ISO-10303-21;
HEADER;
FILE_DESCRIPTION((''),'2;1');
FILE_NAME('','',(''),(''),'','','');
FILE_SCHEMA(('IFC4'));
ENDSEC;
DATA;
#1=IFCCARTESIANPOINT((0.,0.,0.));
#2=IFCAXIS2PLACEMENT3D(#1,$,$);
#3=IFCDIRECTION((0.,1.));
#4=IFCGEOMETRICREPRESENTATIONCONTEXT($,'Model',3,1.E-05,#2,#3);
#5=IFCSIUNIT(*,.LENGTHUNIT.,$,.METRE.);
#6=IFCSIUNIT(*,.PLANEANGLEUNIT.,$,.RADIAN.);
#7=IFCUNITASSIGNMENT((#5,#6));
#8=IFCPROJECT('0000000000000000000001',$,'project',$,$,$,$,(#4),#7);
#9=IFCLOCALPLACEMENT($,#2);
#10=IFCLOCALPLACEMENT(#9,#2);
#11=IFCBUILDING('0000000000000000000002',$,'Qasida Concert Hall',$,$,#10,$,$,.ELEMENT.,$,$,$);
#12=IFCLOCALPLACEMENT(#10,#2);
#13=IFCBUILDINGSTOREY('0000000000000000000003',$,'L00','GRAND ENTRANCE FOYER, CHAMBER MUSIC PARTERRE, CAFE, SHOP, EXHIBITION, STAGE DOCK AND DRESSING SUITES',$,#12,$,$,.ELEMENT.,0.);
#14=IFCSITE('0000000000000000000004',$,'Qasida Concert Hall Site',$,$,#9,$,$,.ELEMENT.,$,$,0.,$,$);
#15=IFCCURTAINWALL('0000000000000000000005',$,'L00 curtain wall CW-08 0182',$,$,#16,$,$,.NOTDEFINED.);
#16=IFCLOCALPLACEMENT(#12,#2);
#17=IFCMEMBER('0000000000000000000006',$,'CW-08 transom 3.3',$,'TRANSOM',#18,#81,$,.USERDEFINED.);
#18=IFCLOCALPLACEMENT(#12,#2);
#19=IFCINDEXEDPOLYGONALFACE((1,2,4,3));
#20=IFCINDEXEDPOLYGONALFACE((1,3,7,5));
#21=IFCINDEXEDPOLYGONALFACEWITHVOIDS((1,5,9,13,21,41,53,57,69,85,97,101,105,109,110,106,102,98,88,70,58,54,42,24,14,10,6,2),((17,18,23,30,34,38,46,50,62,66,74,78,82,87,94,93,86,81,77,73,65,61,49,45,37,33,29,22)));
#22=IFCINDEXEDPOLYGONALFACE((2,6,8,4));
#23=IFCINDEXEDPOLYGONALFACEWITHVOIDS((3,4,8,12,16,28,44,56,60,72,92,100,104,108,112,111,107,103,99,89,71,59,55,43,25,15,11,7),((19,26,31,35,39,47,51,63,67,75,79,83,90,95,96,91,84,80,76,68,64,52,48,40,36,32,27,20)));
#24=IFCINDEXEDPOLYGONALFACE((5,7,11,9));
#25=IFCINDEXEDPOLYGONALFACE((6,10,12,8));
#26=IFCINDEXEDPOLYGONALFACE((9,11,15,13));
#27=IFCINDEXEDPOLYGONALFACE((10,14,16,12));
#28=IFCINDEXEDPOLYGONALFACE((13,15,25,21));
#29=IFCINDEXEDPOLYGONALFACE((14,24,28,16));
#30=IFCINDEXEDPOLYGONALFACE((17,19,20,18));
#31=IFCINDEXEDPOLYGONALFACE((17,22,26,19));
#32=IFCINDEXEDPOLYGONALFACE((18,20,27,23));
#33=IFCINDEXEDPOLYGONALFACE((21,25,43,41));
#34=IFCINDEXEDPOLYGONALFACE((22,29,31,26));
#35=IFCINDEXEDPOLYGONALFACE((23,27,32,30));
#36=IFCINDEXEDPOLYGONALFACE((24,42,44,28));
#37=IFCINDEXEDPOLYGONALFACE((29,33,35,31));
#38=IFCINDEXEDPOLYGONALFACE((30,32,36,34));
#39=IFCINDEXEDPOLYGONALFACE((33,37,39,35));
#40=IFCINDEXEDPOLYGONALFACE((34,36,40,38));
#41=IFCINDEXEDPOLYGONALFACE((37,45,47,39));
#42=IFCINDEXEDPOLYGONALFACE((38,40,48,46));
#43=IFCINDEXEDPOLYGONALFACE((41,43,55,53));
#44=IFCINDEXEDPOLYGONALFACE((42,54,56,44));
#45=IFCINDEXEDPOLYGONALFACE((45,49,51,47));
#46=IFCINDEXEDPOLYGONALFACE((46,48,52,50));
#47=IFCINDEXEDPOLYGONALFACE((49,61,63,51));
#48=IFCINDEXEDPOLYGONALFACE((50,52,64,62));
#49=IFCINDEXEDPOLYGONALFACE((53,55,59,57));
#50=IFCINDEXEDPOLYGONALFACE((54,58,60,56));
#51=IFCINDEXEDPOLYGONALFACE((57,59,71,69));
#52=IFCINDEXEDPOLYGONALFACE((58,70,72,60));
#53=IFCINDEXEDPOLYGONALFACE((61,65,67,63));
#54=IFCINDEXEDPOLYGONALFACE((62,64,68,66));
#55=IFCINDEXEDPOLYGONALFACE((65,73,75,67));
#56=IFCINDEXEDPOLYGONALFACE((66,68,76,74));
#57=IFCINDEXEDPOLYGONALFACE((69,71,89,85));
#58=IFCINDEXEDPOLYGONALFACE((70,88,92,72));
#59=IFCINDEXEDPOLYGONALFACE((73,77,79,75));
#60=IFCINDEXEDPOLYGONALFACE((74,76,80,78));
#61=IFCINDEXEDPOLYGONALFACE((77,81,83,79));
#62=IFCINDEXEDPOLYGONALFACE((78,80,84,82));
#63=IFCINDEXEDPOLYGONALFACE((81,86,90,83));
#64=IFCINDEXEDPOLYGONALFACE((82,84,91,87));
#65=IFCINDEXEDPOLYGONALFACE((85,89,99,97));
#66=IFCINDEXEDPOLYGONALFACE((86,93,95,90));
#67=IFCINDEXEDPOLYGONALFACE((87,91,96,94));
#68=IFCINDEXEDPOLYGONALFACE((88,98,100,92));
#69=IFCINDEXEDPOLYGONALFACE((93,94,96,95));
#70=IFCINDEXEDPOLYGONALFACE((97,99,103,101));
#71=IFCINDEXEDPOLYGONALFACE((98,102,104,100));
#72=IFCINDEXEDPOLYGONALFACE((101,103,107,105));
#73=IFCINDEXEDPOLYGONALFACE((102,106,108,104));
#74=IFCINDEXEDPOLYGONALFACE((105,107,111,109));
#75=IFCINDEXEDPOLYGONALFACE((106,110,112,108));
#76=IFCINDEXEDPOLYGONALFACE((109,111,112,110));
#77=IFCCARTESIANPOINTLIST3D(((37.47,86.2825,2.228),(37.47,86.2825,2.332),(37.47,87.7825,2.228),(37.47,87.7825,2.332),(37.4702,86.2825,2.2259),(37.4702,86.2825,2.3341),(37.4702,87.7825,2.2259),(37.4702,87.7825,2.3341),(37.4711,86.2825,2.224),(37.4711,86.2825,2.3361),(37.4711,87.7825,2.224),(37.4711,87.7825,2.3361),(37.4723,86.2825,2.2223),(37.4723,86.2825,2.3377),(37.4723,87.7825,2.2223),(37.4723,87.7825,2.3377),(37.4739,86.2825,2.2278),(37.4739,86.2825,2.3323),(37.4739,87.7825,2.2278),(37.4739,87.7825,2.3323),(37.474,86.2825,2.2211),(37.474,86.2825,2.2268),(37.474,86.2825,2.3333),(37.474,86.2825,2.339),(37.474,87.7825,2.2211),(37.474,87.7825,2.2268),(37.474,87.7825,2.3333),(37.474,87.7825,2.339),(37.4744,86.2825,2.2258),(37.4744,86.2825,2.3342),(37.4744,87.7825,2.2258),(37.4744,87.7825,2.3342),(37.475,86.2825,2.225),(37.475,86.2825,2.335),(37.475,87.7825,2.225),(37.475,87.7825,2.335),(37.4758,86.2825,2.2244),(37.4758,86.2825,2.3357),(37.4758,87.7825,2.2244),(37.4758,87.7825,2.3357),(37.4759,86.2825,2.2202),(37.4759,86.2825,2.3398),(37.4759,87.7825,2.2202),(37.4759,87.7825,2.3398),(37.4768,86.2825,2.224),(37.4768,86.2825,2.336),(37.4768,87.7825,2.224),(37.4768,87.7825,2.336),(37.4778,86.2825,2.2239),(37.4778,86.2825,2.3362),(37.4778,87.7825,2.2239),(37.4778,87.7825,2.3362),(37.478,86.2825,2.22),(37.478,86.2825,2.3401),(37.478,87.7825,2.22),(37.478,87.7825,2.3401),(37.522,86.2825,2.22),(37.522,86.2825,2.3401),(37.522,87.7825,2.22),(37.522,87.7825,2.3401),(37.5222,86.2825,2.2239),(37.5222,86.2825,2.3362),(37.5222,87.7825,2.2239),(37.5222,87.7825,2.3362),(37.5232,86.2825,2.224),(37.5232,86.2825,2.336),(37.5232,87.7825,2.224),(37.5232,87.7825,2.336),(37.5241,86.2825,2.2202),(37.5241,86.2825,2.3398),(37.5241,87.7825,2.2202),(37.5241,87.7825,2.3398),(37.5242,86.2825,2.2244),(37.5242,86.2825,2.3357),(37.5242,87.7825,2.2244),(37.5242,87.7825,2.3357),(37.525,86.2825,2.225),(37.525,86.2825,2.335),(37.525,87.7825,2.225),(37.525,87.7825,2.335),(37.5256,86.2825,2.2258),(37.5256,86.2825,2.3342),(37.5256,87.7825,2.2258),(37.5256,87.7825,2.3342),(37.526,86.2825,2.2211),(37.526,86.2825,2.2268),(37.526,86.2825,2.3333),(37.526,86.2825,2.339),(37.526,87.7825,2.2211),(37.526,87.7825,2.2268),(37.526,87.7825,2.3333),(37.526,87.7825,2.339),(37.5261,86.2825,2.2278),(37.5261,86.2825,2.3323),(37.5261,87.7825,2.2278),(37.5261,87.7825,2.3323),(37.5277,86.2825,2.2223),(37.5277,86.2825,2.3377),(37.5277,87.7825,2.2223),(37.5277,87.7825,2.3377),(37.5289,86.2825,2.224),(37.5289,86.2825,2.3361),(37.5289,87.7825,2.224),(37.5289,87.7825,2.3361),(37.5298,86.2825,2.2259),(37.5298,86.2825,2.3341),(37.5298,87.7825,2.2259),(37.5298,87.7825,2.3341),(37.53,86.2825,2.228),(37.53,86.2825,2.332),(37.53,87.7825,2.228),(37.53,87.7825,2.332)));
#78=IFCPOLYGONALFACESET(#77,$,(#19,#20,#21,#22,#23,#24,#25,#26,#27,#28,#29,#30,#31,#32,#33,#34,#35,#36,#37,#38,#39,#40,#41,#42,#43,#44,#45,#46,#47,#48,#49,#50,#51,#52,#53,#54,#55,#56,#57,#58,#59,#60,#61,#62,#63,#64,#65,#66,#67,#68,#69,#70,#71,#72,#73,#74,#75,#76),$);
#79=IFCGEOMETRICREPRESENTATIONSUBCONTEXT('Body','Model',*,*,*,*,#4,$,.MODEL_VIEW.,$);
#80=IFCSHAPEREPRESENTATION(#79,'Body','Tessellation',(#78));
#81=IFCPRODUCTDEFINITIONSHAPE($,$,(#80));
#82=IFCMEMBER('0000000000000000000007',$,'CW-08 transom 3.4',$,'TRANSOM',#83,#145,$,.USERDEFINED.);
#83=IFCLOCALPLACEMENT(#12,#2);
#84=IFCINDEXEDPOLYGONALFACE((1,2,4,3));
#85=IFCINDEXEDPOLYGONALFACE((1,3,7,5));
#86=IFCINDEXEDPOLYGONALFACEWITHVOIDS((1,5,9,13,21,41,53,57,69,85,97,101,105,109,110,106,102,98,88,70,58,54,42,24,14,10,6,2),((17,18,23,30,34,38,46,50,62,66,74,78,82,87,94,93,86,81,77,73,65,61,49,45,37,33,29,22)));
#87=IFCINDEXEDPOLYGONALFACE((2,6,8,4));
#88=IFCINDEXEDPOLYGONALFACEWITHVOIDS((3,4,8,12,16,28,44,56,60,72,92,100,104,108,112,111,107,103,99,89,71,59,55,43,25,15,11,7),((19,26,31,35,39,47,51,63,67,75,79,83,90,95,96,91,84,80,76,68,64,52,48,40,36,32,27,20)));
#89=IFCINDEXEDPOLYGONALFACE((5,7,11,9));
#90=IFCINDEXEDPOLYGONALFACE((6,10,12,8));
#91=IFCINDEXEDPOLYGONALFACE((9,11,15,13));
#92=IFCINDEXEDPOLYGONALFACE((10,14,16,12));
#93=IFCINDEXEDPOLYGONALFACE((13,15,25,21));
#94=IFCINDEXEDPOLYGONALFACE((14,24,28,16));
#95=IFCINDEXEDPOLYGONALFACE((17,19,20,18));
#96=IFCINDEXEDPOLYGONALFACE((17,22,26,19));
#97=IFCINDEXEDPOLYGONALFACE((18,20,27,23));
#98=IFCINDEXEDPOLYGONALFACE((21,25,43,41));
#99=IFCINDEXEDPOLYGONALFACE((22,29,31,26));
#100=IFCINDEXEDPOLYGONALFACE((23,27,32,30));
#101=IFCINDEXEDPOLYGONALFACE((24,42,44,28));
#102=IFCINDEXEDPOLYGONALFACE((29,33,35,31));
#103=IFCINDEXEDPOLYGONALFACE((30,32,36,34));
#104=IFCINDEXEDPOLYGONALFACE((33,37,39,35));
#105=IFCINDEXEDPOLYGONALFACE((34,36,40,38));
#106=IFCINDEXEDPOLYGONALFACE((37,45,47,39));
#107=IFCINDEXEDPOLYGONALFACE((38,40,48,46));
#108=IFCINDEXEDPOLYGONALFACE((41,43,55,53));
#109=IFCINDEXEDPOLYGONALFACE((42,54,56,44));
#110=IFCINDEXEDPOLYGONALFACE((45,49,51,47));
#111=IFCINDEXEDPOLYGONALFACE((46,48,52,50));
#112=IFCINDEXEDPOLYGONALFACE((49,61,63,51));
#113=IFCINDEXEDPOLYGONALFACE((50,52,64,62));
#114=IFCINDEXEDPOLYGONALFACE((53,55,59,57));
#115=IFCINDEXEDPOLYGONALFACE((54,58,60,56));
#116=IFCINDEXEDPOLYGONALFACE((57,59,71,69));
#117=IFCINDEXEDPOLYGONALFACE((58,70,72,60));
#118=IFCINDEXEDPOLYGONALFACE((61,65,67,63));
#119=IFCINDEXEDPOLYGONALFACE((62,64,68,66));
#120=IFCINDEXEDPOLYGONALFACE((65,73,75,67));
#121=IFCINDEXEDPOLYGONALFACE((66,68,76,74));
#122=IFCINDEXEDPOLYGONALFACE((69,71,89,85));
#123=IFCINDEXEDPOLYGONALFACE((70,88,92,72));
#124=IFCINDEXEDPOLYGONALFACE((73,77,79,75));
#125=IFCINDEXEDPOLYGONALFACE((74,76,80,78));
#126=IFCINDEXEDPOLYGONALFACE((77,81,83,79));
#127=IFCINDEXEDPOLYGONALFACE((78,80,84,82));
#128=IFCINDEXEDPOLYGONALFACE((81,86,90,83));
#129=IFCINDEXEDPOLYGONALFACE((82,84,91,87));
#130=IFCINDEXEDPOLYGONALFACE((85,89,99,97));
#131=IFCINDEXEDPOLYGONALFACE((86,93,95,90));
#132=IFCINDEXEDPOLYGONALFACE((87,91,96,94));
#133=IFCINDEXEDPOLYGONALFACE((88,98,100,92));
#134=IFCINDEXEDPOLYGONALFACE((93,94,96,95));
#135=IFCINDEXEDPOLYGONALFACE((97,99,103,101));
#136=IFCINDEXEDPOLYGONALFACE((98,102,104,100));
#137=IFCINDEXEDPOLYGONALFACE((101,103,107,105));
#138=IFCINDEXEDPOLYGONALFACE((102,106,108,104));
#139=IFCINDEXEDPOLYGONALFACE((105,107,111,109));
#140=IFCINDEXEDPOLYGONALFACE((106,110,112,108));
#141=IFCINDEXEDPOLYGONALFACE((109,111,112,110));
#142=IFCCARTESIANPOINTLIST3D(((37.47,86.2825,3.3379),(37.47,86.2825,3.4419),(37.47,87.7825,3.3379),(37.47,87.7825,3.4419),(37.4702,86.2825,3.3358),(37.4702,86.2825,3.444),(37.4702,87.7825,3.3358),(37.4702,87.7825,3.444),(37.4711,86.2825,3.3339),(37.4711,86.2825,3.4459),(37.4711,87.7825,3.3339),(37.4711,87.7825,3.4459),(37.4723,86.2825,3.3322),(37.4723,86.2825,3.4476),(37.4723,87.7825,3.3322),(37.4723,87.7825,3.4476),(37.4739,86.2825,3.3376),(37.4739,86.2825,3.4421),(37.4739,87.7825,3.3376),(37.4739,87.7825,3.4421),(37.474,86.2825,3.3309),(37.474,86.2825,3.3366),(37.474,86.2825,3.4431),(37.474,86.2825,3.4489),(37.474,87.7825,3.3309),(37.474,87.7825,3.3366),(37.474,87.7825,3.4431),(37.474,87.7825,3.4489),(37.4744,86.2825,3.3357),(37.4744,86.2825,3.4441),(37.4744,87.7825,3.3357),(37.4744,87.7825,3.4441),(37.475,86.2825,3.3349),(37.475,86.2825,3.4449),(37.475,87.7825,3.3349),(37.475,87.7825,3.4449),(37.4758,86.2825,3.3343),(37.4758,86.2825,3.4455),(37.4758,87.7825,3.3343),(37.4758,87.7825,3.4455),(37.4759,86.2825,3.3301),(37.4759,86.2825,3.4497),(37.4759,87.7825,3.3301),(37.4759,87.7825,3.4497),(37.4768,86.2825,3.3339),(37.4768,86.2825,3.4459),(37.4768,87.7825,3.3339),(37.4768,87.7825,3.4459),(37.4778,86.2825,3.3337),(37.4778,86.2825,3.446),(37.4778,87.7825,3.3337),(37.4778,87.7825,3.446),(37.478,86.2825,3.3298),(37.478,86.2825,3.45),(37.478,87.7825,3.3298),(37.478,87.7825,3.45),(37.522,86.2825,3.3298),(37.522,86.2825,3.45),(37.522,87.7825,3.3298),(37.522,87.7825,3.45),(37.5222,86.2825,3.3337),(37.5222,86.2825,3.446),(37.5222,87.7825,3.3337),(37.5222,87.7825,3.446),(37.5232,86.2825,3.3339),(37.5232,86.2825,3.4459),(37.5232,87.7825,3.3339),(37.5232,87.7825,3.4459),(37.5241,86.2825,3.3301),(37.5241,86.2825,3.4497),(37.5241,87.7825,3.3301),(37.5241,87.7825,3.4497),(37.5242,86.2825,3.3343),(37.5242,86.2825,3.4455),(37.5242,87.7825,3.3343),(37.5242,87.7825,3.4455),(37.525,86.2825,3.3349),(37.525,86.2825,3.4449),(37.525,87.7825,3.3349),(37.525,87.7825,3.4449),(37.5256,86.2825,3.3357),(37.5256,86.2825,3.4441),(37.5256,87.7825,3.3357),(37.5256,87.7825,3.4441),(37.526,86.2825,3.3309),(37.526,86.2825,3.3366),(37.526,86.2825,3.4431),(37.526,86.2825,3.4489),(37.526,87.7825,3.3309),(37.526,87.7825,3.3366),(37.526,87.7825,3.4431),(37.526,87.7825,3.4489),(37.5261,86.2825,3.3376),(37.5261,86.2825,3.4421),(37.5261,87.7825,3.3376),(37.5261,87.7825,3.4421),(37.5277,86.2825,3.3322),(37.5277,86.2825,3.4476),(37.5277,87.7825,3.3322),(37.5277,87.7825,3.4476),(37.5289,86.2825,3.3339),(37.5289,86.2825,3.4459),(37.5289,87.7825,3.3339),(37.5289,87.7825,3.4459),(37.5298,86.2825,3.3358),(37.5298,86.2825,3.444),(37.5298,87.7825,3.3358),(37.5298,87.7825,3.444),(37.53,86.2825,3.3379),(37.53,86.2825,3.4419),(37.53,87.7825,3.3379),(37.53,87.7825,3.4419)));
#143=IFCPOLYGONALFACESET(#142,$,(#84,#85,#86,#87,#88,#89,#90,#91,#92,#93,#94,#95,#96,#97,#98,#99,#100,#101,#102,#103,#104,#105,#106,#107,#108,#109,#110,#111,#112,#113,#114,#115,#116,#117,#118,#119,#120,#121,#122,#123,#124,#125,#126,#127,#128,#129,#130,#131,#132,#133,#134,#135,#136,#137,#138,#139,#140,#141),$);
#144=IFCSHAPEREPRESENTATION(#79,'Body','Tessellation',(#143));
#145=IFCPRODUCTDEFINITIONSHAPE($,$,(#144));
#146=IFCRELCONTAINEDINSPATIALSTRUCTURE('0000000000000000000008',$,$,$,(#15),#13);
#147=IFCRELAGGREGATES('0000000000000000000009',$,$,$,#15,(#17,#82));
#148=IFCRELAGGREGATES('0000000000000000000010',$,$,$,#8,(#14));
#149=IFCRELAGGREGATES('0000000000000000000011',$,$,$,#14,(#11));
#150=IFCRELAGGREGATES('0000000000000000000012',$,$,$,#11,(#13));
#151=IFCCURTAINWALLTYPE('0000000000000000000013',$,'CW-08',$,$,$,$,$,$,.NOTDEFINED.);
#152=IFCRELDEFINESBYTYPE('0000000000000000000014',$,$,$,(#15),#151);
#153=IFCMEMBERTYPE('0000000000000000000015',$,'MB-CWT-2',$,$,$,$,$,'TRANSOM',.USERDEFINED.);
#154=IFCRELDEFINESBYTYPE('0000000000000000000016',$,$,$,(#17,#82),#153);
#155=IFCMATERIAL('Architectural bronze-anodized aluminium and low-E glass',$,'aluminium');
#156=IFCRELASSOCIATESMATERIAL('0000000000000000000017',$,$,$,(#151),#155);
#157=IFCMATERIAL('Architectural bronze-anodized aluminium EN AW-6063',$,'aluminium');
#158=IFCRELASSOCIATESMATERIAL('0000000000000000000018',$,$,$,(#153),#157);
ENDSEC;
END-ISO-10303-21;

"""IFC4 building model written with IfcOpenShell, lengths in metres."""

from ifc_helpers import new_model, si_unit, direction, frame, origin, origin_2d, place, context, subcontext, project, spatial, hollow_rectangle, extrude, material, material_profile, profile_set, type_object, element, aggregate, save


model = new_model("IFC4")

# Units and contexts
model_context = context("Model", 3, precision=1e-05, world=origin(), true_north=direction((0.0, 1.0)))
body_context = subcontext(model_context, "Body", "Model", "MODEL_VIEW")
ifc_project = project(units=[si_unit("LENGTHUNIT", "METRE"), si_unit("PLANEANGLEUNIT", "RADIAN")], contexts=[model_context])

# Site, building, storey
site_placement = place(None, origin())
site = spatial("IfcSite", under=ifc_project, at=site_placement, Name="Qasida Concert Hall Site", CompositionType="ELEMENT", RefElevation=0.0)
building_placement = place(site_placement, origin())
building = spatial("IfcBuilding", under=site, at=building_placement, Name="Qasida Concert Hall", CompositionType="ELEMENT")
storey_placement = place(building_placement, origin())
storey = spatial("IfcBuildingStorey", under=building, at=storey_placement, Name="L00", Description="GRAND ENTRANCE FOYER, CHAMBER MUSIC PARTERRE, CAFE, SHOP, EXHIBITION, STAGE DOCK AND DRESSING SUITES", CompositionType="ELEMENT", Elevation=0.0)

# Curtain wall, members
ifc_material_1 = material(Name="Architectural bronze-anodized aluminium and low-E glass", Category="aluminium")
curtain_wall_type = type_object("IfcCurtainWallType", Name="CW-08", PredefinedType="NOTDEFINED", material=ifc_material_1)
curtain_wall_1_placement = place(storey_placement, origin())
curtain_wall_1 = element("IfcCurtainWall", 1, at=curtain_wall_1_placement, inside=storey, type_object=curtain_wall_type, Name="L00 curtain wall CW-08 0182", PredefinedType="NOTDEFINED")
ifc_material_2 = material(Name="Architectural bronze-anodized aluminium EN AW-6063", Category="aluminium")
ifc_material_profile_1 = material_profile(ifc_material_2, hollow_rectangle(XDim=0.0601, YDim=0.1201, WallThickness=0.0039, InnerFilletRadius=0.0039, OuterFilletRadius=0.0081, at=origin_2d()), Name="CWT 120x60x4")
ifc_profile_set_1 = profile_set([ifc_material_profile_1], Name="Architectural bronze-anodized aluminium EN AW-6063")
member_type_1 = type_object("IfcMemberType", Name="MB-CWT-2", ElementType="TRANSOM", PredefinedType="USERDEFINED", material=ifc_profile_set_1)
member_1_placement = place(storey_placement, frame((37.5, 86.2825, 2.28), z_axis=(0.0, 1.0, 0.0), x_axis=(-1.0, 0.0, 0.0)))
member_1 = element("IfcMember", 2, at=member_1_placement, type_object=member_type_1, Name="CW-08 transom 3.3", ObjectType="TRANSOM", PredefinedType="USERDEFINED", context=body_context, shape_type="SweptSolid", body=[
    extrude(hollow_rectangle(XDim=0.0601, YDim=0.1201, WallThickness=0.0039, InnerFilletRadius=0.0039, OuterFilletRadius=0.0081, at=origin_2d()), origin(), (0.0, 0.0, 1.0), 1.5),
])
member_2_placement = place(storey_placement, frame((37.5, 86.2825, 3.3899), z_axis=(0.0, 1.0, 0.0), x_axis=(-1.0, 0.0, 0.0)))
member_2 = element("IfcMember", 3, at=member_2_placement, type_object=member_type_1, Name="CW-08 transom 3.4", ObjectType="TRANSOM", PredefinedType="USERDEFINED", context=body_context, shape_type="SweptSolid", body=[
    extrude(hollow_rectangle(XDim=0.0601, YDim=0.1201, WallThickness=0.0039, InnerFilletRadius=0.0039, OuterFilletRadius=0.0081, at=origin_2d()), origin(), (0.0, 0.0, 1.0), 1.5),
])
aggregate(curtain_wall_1, [member_1, member_2])

save(model, "model.ifc")
